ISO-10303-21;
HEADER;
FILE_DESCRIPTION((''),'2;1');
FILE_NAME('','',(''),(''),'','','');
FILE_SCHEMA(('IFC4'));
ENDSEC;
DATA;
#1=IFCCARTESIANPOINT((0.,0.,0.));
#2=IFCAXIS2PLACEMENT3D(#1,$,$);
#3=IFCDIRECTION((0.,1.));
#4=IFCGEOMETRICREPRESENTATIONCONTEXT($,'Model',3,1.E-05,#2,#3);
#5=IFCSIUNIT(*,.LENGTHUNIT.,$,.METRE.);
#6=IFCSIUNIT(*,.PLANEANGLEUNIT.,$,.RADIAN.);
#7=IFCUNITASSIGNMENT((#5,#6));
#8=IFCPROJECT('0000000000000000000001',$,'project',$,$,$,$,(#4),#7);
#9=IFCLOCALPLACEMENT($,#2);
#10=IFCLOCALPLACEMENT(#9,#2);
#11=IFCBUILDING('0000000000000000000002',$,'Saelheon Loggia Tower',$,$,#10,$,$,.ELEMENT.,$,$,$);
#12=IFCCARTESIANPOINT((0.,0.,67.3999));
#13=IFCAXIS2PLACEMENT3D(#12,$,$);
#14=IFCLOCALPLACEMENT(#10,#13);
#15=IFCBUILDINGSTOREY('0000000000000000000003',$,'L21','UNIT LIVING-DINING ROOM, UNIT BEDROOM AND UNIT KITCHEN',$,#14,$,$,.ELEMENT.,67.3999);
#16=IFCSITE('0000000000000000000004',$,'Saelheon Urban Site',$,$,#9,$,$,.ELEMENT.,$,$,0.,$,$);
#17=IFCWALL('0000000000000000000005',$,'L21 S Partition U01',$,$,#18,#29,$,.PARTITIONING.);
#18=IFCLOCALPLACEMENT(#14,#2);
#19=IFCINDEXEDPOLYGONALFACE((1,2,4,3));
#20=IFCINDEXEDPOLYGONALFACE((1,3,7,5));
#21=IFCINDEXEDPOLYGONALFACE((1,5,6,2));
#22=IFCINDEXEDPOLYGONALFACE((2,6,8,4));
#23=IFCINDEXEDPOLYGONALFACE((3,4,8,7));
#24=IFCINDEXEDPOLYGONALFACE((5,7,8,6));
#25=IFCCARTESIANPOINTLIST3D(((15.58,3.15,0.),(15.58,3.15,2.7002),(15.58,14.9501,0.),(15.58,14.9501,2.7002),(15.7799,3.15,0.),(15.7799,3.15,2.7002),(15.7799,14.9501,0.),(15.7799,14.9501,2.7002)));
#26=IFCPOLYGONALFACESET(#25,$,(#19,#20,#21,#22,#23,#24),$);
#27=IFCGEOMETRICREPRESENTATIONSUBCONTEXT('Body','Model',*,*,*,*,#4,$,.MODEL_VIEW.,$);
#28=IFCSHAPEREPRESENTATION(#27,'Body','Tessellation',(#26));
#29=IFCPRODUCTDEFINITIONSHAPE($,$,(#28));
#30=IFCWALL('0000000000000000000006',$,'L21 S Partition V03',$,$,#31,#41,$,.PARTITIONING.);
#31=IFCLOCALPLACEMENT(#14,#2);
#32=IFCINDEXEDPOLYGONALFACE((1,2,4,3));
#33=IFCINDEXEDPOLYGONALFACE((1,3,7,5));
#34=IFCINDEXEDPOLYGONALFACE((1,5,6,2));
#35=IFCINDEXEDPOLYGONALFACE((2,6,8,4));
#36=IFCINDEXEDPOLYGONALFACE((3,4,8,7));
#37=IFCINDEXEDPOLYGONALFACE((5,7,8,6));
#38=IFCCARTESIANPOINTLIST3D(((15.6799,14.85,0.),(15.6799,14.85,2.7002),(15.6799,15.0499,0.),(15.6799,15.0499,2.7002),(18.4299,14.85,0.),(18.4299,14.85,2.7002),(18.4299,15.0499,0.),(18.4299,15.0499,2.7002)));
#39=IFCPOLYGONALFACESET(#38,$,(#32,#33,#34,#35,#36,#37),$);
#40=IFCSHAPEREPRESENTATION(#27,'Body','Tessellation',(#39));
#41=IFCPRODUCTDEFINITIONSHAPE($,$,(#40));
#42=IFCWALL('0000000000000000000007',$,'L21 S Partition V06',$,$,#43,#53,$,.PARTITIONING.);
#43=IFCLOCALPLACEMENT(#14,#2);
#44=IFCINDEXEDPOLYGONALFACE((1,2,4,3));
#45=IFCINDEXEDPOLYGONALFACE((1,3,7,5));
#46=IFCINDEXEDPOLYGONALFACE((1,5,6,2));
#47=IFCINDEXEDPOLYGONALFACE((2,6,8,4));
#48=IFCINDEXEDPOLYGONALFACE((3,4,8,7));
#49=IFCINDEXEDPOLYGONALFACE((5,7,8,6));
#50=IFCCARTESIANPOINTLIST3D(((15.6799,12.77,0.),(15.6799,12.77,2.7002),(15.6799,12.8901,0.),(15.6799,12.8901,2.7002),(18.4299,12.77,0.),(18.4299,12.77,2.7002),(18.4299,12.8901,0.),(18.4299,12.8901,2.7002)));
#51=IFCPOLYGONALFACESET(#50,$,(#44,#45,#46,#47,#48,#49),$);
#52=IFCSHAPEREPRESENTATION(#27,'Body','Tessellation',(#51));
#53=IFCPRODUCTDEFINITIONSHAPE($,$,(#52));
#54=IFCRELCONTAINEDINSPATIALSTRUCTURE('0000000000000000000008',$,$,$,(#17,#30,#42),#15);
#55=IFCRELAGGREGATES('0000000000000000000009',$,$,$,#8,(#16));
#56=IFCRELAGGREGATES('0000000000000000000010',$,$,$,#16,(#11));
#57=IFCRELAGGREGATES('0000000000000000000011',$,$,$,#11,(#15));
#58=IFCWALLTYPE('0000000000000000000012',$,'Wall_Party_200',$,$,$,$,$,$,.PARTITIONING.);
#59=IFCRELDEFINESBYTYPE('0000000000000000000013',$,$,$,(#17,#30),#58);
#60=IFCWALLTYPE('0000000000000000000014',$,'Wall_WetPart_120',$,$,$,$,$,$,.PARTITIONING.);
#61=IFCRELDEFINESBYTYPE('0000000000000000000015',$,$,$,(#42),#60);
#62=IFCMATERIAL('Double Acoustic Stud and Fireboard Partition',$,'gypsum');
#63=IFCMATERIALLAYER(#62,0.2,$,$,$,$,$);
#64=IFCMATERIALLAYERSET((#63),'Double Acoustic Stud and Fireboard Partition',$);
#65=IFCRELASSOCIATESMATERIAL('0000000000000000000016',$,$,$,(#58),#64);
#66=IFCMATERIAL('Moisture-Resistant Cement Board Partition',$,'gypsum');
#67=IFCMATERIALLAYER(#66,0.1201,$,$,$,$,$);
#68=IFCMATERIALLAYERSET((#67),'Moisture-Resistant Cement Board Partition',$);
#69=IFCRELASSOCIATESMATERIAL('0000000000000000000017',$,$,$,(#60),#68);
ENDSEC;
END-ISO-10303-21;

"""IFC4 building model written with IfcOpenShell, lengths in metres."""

from ifc_helpers import new_model, si_unit, direction, frame, frame_2d, origin, place, context, subcontext, project, spatial, rectangle, extrude, material, layer, layer_set, type_object, element, save


model = new_model("IFC4")

# Units and contexts
model_context = context("Model", 3, precision=1e-05, world=origin(), true_north=direction((0.0, 1.0)))
body_context = subcontext(model_context, "Body", "Model", "MODEL_VIEW")
ifc_project = project(units=[si_unit("LENGTHUNIT", "METRE"), si_unit("PLANEANGLEUNIT", "RADIAN")], contexts=[model_context])

# Site, building, storey
site_placement = place(None, origin())
site = spatial("IfcSite", under=ifc_project, at=site_placement, Name="Saelheon Urban Site", CompositionType="ELEMENT", RefElevation=0.0)
building_placement = place(site_placement, origin())
building = spatial("IfcBuilding", under=site, at=building_placement, Name="Saelheon Loggia Tower", CompositionType="ELEMENT")
storey_placement = place(building_placement, frame((0.0, 0.0, 67.3999)))
storey = spatial("IfcBuildingStorey", under=building, at=storey_placement, Name="L21", Description="UNIT LIVING-DINING ROOM, UNIT BEDROOM AND UNIT KITCHEN", CompositionType="ELEMENT", Elevation=67.3999)

# Walls
ifc_material_1 = material(Name="Double Acoustic Stud and Fireboard Partition", Category="gypsum")
ifc_layer_1 = layer(ifc_material_1, 0.2)
ifc_layer_set_1 = layer_set([ifc_layer_1], Name="Double Acoustic Stud and Fireboard Partition")
wall_type_1 = type_object("IfcWallType", Name="Wall_Party_200", PredefinedType="PARTITIONING", material=ifc_layer_set_1)
wall_1_placement = place(storey_placement, frame((15.6799, 14.95, 0.0), z_axis=(0.0, 0.0, 1.0), x_axis=(0.0, -1.0, 0.0)))
element("IfcWall", 1, at=wall_1_placement, inside=storey, type_object=wall_type_1, Name="L21 S Partition U01", PredefinedType="PARTITIONING", context=body_context, shape_type="SweptSolid", body=[
    extrude(rectangle(XDim=11.8, YDim=0.2, at=frame_2d((5.8999, 0.0))), origin(), (0.0, 0.0, 1.0), 2.7002),
])
wall_2_placement = place(storey_placement, frame((15.6799, 14.95, 0.0), z_axis=(0.0, 0.0, 1.0), x_axis=(1.0, 0.0, 0.0)))
element("IfcWall", 2, at=wall_2_placement, inside=storey, type_object=wall_type_1, Name="L21 S Partition V03", PredefinedType="PARTITIONING", context=body_context, shape_type="SweptSolid", body=[
    extrude(rectangle(XDim=2.75, YDim=0.2, at=frame_2d((1.375, 0.0))), origin(), (0.0, 0.0, 1.0), 2.7002),
])
ifc_material_2 = material(Name="Moisture-Resistant Cement Board Partition", Category="gypsum")
ifc_layer_2 = layer(ifc_material_2, 0.1201)
ifc_layer_set_2 = layer_set([ifc_layer_2], Name="Moisture-Resistant Cement Board Partition")
wall_type_2 = type_object("IfcWallType", Name="Wall_WetPart_120", PredefinedType="PARTITIONING", material=ifc_layer_set_2)
wall_3_placement = place(storey_placement, frame((15.6799, 12.8301, 0.0), z_axis=(0.0, 0.0, 1.0), x_axis=(1.0, 0.0, 0.0)))
element("IfcWall", 3, at=wall_3_placement, inside=storey, type_object=wall_type_2, Name="L21 S Partition V06", PredefinedType="PARTITIONING", context=body_context, shape_type="SweptSolid", body=[
    extrude(rectangle(XDim=2.75, YDim=0.1201, at=frame_2d((1.375, 0.0))), origin(), (0.0, 0.0, 1.0), 2.7002),
])

save(model, "model.ifc")
